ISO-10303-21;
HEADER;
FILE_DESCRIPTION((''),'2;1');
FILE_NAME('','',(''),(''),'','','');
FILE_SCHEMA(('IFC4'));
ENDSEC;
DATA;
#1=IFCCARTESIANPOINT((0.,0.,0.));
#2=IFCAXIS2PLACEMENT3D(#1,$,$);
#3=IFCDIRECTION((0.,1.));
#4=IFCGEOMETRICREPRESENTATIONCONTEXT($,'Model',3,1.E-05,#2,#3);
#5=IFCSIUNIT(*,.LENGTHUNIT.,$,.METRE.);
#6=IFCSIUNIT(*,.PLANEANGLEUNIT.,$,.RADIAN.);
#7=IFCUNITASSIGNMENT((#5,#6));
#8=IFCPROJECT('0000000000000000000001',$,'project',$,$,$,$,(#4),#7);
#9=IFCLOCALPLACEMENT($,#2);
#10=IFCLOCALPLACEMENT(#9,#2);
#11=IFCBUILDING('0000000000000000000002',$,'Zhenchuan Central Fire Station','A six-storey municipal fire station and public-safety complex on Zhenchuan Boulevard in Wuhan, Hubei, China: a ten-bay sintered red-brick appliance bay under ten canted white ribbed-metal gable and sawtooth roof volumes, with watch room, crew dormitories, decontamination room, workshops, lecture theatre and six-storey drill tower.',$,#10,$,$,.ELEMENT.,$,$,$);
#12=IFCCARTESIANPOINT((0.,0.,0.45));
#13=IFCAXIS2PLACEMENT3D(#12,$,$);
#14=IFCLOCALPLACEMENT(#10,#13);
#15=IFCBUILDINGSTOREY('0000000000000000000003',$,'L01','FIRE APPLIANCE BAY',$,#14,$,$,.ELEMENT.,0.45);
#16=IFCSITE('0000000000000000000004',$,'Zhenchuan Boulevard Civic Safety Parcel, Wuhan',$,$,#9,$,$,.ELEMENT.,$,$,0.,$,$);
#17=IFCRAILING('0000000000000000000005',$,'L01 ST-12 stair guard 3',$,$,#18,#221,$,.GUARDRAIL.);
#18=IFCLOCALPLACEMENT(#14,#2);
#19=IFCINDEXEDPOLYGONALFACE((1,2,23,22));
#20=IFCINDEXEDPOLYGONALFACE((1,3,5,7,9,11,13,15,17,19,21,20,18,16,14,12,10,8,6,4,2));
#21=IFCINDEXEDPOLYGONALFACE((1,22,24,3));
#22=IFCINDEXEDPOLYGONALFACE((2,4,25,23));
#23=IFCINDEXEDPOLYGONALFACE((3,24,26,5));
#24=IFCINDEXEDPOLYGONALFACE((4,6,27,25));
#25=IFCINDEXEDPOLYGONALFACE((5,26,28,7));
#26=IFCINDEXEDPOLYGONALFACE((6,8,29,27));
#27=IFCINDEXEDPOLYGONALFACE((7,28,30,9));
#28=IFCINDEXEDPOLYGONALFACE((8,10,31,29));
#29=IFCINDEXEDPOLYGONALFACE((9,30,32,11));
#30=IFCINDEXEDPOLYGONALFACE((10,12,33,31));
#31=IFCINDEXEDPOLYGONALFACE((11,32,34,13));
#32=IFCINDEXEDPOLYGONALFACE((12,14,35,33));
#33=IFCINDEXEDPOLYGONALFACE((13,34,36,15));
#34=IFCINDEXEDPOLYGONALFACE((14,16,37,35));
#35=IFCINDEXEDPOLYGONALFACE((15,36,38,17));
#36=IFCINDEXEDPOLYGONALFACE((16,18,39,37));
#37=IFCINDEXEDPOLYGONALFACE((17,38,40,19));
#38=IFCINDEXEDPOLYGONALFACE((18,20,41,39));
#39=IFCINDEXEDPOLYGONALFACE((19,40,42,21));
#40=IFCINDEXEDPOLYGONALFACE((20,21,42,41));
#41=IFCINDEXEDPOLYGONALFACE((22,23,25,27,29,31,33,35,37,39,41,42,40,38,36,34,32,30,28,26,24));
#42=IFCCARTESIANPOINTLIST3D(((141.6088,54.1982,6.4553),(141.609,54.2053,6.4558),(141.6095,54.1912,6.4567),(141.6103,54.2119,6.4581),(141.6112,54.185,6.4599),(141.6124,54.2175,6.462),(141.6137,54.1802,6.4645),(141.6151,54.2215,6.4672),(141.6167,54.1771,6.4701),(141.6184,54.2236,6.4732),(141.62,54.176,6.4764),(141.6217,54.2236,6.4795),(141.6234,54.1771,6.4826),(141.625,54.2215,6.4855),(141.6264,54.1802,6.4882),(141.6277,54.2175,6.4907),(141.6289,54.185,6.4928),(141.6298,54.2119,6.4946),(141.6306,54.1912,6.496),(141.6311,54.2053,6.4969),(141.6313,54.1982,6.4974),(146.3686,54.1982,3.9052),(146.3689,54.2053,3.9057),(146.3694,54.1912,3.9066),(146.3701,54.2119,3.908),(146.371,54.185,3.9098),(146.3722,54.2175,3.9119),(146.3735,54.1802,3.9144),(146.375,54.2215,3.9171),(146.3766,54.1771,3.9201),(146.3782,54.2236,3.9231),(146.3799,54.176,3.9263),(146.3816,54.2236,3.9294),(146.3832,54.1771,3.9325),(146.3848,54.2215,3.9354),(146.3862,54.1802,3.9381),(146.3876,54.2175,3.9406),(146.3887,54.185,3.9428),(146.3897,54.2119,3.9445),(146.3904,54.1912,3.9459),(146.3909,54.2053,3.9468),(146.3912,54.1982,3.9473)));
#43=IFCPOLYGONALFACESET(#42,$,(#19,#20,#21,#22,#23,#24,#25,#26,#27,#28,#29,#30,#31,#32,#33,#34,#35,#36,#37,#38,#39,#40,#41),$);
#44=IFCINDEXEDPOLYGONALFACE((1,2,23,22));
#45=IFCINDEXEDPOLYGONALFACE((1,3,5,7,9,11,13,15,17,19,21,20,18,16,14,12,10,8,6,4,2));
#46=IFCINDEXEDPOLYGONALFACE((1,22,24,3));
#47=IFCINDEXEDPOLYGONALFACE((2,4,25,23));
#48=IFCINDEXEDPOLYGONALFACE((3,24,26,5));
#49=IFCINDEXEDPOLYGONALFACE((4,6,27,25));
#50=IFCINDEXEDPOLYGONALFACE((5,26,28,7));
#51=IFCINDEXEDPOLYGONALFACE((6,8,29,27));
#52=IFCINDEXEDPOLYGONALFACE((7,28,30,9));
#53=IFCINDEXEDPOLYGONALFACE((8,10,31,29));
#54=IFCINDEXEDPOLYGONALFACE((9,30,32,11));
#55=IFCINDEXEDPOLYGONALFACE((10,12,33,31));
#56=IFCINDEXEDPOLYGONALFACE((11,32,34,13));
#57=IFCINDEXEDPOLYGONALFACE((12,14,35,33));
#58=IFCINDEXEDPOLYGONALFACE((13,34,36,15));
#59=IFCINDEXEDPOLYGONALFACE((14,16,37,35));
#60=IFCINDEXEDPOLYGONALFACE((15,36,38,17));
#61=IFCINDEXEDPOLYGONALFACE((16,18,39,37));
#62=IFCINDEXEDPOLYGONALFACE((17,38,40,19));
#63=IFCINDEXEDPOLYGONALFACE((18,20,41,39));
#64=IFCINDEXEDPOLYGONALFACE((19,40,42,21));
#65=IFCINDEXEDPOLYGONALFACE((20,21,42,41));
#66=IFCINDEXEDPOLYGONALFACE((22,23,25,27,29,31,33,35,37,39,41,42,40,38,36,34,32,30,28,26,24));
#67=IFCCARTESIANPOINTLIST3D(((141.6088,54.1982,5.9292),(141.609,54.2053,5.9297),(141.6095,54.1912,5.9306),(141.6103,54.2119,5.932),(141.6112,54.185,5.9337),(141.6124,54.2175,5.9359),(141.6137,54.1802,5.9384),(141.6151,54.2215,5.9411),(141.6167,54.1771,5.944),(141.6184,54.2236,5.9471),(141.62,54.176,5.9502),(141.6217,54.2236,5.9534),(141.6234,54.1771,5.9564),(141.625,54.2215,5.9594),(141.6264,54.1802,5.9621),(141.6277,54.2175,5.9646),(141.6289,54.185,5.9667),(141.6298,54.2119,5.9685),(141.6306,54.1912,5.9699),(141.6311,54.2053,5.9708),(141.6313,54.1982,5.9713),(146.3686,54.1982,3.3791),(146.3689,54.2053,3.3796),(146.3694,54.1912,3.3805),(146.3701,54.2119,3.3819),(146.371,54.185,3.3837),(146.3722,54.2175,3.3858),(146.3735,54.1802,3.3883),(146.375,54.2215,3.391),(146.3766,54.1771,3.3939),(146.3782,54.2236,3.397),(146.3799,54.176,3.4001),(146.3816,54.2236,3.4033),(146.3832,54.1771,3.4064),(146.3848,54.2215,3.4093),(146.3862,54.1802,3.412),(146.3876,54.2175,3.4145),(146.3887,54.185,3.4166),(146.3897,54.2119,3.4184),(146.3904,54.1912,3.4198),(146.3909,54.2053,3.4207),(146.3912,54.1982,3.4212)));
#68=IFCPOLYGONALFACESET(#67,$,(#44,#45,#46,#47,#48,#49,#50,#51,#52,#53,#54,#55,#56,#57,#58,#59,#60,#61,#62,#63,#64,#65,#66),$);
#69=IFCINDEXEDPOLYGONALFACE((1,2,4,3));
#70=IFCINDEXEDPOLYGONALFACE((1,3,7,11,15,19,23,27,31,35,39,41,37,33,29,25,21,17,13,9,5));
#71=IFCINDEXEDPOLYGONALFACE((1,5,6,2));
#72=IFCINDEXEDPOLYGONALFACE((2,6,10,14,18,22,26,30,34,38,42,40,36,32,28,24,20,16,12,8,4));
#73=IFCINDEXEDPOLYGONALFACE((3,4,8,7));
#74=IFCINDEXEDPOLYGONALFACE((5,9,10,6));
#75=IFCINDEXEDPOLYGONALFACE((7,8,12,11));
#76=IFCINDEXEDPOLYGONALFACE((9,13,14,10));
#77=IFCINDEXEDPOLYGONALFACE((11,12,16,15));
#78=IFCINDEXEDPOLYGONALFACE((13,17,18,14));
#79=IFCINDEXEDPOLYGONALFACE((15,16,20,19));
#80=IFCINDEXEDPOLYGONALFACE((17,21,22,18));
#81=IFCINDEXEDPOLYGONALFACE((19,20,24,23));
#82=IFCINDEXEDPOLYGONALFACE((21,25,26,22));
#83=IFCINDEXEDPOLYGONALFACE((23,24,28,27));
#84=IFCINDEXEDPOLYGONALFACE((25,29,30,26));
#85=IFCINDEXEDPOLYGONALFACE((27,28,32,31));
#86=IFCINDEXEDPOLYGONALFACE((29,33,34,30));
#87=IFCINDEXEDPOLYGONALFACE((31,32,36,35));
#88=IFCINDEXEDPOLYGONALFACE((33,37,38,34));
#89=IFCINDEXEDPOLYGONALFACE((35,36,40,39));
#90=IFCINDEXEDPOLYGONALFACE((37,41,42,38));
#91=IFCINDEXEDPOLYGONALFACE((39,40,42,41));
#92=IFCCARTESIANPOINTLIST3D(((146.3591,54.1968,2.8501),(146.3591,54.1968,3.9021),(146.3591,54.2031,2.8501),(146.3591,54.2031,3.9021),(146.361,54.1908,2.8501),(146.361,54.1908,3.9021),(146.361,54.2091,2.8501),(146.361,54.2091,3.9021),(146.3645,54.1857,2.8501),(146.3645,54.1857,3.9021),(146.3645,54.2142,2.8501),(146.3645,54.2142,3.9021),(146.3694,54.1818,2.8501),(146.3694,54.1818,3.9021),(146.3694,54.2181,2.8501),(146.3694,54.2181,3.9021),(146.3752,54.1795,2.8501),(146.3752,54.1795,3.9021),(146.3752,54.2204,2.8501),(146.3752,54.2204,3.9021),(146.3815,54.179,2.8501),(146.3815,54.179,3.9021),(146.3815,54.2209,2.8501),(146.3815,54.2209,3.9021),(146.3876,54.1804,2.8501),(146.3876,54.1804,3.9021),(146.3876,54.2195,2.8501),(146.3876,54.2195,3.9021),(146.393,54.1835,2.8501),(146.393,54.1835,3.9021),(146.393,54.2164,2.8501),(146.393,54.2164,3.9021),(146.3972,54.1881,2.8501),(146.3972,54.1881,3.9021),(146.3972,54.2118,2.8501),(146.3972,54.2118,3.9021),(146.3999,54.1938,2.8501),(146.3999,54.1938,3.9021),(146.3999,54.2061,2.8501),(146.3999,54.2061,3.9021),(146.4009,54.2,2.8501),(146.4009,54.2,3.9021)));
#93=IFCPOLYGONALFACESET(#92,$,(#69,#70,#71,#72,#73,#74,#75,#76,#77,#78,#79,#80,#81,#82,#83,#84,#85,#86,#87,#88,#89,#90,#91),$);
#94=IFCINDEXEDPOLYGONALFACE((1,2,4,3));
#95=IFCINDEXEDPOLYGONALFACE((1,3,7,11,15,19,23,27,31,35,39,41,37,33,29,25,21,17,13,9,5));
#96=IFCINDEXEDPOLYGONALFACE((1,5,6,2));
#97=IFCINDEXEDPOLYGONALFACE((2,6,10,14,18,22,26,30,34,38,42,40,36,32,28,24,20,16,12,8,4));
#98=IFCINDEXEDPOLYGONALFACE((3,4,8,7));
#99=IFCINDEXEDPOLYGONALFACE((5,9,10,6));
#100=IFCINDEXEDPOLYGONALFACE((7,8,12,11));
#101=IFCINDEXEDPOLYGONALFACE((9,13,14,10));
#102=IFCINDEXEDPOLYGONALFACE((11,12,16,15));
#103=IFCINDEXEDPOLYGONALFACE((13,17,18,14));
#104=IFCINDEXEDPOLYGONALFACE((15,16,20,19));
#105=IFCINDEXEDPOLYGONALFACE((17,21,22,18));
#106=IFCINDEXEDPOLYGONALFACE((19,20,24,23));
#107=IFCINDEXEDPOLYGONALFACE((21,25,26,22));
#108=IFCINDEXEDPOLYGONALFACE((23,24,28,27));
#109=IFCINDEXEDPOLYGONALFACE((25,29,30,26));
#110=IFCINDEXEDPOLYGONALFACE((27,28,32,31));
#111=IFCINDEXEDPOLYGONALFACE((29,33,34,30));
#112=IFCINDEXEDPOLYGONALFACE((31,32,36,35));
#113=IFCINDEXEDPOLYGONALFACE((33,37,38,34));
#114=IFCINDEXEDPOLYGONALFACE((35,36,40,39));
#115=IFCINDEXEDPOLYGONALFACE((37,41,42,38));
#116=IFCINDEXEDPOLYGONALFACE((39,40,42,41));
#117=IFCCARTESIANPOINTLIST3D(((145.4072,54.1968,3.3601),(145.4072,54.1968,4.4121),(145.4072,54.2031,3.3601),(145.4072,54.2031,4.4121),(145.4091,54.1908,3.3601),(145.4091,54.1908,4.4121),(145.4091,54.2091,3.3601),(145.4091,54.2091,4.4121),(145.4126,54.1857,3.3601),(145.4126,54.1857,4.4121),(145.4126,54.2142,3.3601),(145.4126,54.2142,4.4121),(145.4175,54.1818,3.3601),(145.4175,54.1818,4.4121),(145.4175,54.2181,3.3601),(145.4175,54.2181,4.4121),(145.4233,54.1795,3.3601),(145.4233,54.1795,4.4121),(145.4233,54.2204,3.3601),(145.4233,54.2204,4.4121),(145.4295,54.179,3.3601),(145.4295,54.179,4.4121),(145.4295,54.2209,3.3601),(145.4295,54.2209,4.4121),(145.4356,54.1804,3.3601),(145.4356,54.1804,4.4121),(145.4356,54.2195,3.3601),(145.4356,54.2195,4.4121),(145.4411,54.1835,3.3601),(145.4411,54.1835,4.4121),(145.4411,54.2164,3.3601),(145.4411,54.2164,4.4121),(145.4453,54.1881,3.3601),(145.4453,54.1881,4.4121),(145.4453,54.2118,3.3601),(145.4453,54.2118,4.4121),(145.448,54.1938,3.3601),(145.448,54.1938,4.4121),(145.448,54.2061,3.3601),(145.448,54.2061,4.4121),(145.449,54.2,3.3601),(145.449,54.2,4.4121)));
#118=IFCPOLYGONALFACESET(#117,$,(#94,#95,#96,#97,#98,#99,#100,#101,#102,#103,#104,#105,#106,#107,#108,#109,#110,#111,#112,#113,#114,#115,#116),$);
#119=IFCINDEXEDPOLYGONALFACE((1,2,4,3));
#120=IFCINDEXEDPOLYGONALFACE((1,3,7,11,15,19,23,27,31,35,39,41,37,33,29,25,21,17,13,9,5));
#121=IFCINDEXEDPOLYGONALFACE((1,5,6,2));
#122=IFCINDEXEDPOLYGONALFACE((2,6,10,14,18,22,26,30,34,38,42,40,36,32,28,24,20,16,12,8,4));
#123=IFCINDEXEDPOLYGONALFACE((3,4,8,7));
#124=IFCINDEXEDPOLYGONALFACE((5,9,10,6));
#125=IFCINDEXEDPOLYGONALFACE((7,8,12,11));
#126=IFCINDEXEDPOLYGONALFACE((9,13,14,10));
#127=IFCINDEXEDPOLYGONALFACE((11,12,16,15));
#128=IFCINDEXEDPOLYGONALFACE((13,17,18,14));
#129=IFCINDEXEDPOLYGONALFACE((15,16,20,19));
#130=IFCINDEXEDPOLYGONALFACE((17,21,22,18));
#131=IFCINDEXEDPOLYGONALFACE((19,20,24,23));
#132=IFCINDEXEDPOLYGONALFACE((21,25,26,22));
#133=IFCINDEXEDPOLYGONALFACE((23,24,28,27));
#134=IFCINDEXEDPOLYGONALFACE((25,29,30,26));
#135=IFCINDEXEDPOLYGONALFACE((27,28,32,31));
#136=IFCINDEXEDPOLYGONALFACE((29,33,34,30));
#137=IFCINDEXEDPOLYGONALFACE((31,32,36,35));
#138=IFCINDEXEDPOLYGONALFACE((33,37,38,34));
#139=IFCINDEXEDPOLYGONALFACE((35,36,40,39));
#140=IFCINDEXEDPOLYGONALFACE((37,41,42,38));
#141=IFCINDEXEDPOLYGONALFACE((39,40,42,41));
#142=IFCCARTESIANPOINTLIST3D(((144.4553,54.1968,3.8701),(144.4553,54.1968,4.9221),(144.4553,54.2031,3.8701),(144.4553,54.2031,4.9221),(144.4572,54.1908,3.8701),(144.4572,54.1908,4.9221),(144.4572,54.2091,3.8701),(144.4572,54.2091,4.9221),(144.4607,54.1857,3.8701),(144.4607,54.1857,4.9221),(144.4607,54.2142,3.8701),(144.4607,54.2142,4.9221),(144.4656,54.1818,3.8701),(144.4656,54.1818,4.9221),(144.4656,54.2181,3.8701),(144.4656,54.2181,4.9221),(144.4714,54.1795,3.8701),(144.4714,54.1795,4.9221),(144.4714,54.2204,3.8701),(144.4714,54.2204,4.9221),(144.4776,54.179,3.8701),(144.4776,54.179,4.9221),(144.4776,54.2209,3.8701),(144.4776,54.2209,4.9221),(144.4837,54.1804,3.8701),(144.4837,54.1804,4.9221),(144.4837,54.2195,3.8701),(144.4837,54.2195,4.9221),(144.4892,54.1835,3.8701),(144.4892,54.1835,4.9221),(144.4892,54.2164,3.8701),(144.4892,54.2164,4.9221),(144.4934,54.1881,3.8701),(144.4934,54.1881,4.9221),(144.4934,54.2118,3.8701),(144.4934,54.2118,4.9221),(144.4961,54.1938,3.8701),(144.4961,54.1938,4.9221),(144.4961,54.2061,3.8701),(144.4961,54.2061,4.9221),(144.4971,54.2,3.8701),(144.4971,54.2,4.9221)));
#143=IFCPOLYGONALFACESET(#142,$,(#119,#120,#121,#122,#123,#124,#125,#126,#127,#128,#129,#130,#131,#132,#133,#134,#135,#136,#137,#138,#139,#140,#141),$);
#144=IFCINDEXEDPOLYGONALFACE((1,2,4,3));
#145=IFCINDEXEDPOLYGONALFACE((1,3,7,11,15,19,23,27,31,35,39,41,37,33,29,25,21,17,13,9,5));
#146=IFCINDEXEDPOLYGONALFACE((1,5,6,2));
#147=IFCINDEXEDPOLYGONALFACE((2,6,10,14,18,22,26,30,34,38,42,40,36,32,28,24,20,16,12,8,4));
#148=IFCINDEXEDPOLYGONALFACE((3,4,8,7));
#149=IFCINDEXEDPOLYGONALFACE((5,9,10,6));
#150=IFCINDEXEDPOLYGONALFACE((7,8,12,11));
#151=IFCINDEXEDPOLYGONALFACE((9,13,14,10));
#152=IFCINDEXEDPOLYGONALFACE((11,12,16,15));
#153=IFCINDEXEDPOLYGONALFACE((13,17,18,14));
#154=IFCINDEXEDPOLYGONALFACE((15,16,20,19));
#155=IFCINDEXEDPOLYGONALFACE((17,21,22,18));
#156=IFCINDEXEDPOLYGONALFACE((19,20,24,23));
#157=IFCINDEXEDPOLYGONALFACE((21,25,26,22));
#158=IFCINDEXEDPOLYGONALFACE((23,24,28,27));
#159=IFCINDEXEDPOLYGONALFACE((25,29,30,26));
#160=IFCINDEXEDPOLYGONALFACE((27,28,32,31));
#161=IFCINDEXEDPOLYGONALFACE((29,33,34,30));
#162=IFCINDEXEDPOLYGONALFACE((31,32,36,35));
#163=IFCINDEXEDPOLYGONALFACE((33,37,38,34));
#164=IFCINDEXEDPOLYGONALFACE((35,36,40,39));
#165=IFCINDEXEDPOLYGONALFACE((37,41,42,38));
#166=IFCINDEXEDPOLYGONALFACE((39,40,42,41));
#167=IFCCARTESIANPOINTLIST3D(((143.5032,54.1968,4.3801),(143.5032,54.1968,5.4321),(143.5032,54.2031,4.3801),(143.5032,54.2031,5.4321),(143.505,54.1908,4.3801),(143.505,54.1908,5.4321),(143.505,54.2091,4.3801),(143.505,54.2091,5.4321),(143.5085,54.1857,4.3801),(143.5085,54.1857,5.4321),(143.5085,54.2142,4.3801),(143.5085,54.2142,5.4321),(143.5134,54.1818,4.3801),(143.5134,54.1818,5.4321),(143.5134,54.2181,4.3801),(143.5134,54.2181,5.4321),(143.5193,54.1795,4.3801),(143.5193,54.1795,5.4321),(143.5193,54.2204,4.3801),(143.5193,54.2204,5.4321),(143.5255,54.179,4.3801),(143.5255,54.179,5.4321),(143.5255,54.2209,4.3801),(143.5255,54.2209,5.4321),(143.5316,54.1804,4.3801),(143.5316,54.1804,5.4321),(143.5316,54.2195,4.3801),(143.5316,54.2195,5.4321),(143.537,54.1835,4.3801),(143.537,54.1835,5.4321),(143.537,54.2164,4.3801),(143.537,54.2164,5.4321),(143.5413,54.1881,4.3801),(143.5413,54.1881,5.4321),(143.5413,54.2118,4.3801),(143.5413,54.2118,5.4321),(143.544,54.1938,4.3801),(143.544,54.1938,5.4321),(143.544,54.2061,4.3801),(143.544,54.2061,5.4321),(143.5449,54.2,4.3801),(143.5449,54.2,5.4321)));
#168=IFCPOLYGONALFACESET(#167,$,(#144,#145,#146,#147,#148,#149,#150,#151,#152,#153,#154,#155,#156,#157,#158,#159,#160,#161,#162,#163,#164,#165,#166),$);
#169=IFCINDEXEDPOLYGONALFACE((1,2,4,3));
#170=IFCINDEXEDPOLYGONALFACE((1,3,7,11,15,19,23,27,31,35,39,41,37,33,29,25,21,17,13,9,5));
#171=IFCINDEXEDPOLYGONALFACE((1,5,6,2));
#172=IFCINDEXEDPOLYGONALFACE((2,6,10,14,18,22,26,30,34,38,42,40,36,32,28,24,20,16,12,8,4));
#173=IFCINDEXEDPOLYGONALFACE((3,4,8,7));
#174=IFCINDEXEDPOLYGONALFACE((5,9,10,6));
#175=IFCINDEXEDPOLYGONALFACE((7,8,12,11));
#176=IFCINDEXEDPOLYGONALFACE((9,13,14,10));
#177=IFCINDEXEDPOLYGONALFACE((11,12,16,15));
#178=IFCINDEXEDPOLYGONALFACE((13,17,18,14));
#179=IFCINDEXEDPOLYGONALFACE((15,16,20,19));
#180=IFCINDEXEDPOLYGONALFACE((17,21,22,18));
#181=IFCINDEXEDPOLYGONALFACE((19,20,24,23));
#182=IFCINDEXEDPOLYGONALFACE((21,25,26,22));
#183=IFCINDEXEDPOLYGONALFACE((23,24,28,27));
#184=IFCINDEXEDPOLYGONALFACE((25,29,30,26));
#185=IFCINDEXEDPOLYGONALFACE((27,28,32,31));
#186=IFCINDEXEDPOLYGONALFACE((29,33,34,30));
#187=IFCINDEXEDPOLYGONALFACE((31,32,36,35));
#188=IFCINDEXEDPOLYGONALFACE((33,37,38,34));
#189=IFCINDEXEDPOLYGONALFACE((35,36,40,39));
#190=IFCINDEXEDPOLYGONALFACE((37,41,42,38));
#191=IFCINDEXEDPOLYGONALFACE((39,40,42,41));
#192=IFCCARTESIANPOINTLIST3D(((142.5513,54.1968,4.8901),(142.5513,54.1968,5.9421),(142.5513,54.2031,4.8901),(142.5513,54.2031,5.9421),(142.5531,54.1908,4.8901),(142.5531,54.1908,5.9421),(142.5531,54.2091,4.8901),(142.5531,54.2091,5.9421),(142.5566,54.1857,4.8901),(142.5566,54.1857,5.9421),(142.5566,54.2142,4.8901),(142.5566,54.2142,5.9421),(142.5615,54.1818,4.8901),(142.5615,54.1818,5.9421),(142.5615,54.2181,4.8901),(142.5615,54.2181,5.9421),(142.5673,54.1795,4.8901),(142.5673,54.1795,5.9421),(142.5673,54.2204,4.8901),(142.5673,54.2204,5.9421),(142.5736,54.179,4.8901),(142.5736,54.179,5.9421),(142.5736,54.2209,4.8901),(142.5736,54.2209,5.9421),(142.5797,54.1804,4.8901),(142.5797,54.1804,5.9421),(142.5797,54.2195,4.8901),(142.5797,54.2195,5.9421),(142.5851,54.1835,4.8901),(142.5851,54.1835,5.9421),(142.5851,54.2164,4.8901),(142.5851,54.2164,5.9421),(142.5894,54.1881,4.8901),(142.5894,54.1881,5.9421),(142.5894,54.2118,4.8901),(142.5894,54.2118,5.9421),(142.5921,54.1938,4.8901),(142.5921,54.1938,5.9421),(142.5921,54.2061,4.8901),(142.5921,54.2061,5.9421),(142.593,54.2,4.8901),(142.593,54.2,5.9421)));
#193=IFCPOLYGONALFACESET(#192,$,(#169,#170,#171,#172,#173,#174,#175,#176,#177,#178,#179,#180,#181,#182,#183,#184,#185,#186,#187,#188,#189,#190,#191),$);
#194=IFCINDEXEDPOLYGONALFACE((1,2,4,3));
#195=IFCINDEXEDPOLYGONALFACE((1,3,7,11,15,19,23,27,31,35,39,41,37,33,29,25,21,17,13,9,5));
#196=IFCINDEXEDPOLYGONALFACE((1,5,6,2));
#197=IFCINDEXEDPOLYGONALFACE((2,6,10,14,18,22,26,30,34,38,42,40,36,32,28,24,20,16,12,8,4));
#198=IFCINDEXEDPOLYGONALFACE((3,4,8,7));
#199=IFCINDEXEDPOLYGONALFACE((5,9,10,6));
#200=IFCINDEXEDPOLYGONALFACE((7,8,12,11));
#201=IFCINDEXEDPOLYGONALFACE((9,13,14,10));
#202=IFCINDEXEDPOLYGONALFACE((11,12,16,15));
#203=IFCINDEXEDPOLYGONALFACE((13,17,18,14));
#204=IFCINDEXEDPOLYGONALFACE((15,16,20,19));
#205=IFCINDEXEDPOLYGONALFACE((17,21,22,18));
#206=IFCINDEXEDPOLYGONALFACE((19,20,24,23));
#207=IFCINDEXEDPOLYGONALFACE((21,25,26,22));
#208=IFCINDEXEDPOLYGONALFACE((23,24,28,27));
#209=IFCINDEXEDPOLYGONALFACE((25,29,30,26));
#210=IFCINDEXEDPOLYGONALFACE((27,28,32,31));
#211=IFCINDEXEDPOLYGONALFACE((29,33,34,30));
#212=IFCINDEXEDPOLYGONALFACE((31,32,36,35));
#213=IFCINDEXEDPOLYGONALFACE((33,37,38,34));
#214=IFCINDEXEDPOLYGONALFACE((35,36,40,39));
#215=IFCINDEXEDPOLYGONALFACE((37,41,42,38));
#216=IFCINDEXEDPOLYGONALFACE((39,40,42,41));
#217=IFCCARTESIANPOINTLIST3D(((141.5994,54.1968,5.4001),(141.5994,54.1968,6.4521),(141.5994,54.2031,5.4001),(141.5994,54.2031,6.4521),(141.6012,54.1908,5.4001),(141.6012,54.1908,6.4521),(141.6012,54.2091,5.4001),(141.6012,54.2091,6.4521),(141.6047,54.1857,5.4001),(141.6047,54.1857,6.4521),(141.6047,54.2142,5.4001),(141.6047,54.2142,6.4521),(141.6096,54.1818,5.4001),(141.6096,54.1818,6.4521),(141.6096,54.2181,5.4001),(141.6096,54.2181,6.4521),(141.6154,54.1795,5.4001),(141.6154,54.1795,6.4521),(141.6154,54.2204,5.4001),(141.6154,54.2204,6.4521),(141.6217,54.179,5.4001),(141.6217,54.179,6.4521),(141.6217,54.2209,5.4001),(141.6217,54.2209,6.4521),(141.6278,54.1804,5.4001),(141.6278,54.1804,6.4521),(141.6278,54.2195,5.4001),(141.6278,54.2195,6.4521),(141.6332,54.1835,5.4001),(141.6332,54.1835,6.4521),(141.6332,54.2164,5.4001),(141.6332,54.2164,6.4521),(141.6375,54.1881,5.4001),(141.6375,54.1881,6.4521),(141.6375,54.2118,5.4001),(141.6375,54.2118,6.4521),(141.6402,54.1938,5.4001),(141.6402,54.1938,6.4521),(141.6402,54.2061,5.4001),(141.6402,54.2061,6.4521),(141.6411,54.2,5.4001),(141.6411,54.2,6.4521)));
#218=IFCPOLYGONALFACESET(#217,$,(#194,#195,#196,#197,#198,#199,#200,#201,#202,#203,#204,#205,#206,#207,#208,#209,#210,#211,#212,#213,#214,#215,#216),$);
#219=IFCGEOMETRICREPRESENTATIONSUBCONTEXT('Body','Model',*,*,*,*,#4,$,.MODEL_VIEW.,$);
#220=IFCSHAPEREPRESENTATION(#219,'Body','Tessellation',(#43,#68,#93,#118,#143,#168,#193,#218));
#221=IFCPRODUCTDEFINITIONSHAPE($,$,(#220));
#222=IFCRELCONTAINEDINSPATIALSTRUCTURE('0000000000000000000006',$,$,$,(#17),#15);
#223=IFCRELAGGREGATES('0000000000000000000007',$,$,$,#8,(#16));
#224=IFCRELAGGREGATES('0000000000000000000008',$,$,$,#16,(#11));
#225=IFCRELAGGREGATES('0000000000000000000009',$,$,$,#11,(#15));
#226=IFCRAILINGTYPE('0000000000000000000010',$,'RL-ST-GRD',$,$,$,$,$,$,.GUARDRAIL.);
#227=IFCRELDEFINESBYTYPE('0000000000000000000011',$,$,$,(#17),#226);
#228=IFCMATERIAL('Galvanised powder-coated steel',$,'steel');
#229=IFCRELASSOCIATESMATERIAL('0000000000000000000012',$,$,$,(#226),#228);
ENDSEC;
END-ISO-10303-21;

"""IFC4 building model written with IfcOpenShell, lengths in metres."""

from ifc_helpers import new_model, si_unit, direction, frame, origin, origin_2d, place, context, subcontext, project, spatial, circle, extrude, material, type_object, element, save


model = new_model("IFC4")

# Units and contexts
model_context = context("Model", 3, precision=1e-05, world=origin(), true_north=direction((0.0, 1.0)))
body_context = subcontext(model_context, "Body", "Model", "MODEL_VIEW")
ifc_project = project(units=[si_unit("LENGTHUNIT", "METRE"), si_unit("PLANEANGLEUNIT", "RADIAN")], contexts=[model_context])

# Site, building, storey
site_placement = place(None, origin())
site = spatial("IfcSite", under=ifc_project, at=site_placement, Name="Zhenchuan Boulevard Civic Safety Parcel, Wuhan", CompositionType="ELEMENT", RefElevation=0.0)
building_placement = place(site_placement, origin())
building = spatial("IfcBuilding", under=site, at=building_placement, Name="Zhenchuan Central Fire Station", Description="A six-storey municipal fire station and public-safety complex on Zhenchuan Boulevard in Wuhan, Hubei, China: a ten-bay sintered red-brick appliance bay under ten canted white ribbed-metal gable and sawtooth roof volumes, with watch room, crew dormitories, decontamination room, workshops, lecture theatre and six-storey drill tower.", CompositionType="ELEMENT")
storey_placement = place(building_placement, frame((0.0, 0.0, 0.45)))
storey = spatial("IfcBuildingStorey", under=building, at=storey_placement, Name="L01", Description="FIRE APPLIANCE BAY", CompositionType="ELEMENT", Elevation=0.45)

# Railing
ifc_material_1 = material(Name="Galvanised powder-coated steel", Category="steel")
railing_type_1 = type_object("IfcRailingType", Name="RL-ST-GRD", PredefinedType="GUARDRAIL", material=ifc_material_1)
railing_1_placement = place(storey_placement, frame((146.3799, 54.2, 2.8501)))
element("IfcRailing", 1, at=railing_1_placement, inside=storey, type_object=railing_type_1, Name="L01 ST-12 stair guard 3", PredefinedType="GUARDRAIL", context=body_context, shape_type="SweptSolid", body=[
    extrude(circle(Radius=0.0239, at=origin_2d()), frame((0.0, 0.0, 1.0762), z_axis=(-0.881467, 0.0, 0.472247), x_axis=(0.0, -1.0, 0.0)), (0.0, 0.0, 1.0), 5.3999),
    extrude(circle(Radius=0.0239, at=origin_2d()), frame((0.0, 0.0, 0.55), z_axis=(-0.881467, 0.0, 0.472247), x_axis=(0.0, -1.0, 0.0)), (0.0, 0.0, 1.0), 5.3999),
    extrude(circle(Radius=0.021, at=origin_2d()), origin(), (0.0, 0.0, 1.0), 1.052),
    extrude(circle(Radius=0.021, at=origin_2d()), frame((-0.9519, 0.0, 0.51)), (0.0, 0.0, 1.0), 1.052),
    extrude(circle(Radius=0.021, at=origin_2d()), frame((-1.9038, 0.0, 1.02)), (0.0, 0.0, 1.0), 1.052),
    extrude(circle(Radius=0.021, at=origin_2d()), frame((-2.856, 0.0, 1.53)), (0.0, 0.0, 1.0), 1.052),
    extrude(circle(Radius=0.021, at=origin_2d()), frame((-3.8079, 0.0, 2.04)), (0.0, 0.0, 1.0), 1.052),
    extrude(circle(Radius=0.021, at=origin_2d()), frame((-4.7598, 0.0, 2.55)), (0.0, 0.0, 1.0), 1.052),
])

save(model, "model.ifc")
